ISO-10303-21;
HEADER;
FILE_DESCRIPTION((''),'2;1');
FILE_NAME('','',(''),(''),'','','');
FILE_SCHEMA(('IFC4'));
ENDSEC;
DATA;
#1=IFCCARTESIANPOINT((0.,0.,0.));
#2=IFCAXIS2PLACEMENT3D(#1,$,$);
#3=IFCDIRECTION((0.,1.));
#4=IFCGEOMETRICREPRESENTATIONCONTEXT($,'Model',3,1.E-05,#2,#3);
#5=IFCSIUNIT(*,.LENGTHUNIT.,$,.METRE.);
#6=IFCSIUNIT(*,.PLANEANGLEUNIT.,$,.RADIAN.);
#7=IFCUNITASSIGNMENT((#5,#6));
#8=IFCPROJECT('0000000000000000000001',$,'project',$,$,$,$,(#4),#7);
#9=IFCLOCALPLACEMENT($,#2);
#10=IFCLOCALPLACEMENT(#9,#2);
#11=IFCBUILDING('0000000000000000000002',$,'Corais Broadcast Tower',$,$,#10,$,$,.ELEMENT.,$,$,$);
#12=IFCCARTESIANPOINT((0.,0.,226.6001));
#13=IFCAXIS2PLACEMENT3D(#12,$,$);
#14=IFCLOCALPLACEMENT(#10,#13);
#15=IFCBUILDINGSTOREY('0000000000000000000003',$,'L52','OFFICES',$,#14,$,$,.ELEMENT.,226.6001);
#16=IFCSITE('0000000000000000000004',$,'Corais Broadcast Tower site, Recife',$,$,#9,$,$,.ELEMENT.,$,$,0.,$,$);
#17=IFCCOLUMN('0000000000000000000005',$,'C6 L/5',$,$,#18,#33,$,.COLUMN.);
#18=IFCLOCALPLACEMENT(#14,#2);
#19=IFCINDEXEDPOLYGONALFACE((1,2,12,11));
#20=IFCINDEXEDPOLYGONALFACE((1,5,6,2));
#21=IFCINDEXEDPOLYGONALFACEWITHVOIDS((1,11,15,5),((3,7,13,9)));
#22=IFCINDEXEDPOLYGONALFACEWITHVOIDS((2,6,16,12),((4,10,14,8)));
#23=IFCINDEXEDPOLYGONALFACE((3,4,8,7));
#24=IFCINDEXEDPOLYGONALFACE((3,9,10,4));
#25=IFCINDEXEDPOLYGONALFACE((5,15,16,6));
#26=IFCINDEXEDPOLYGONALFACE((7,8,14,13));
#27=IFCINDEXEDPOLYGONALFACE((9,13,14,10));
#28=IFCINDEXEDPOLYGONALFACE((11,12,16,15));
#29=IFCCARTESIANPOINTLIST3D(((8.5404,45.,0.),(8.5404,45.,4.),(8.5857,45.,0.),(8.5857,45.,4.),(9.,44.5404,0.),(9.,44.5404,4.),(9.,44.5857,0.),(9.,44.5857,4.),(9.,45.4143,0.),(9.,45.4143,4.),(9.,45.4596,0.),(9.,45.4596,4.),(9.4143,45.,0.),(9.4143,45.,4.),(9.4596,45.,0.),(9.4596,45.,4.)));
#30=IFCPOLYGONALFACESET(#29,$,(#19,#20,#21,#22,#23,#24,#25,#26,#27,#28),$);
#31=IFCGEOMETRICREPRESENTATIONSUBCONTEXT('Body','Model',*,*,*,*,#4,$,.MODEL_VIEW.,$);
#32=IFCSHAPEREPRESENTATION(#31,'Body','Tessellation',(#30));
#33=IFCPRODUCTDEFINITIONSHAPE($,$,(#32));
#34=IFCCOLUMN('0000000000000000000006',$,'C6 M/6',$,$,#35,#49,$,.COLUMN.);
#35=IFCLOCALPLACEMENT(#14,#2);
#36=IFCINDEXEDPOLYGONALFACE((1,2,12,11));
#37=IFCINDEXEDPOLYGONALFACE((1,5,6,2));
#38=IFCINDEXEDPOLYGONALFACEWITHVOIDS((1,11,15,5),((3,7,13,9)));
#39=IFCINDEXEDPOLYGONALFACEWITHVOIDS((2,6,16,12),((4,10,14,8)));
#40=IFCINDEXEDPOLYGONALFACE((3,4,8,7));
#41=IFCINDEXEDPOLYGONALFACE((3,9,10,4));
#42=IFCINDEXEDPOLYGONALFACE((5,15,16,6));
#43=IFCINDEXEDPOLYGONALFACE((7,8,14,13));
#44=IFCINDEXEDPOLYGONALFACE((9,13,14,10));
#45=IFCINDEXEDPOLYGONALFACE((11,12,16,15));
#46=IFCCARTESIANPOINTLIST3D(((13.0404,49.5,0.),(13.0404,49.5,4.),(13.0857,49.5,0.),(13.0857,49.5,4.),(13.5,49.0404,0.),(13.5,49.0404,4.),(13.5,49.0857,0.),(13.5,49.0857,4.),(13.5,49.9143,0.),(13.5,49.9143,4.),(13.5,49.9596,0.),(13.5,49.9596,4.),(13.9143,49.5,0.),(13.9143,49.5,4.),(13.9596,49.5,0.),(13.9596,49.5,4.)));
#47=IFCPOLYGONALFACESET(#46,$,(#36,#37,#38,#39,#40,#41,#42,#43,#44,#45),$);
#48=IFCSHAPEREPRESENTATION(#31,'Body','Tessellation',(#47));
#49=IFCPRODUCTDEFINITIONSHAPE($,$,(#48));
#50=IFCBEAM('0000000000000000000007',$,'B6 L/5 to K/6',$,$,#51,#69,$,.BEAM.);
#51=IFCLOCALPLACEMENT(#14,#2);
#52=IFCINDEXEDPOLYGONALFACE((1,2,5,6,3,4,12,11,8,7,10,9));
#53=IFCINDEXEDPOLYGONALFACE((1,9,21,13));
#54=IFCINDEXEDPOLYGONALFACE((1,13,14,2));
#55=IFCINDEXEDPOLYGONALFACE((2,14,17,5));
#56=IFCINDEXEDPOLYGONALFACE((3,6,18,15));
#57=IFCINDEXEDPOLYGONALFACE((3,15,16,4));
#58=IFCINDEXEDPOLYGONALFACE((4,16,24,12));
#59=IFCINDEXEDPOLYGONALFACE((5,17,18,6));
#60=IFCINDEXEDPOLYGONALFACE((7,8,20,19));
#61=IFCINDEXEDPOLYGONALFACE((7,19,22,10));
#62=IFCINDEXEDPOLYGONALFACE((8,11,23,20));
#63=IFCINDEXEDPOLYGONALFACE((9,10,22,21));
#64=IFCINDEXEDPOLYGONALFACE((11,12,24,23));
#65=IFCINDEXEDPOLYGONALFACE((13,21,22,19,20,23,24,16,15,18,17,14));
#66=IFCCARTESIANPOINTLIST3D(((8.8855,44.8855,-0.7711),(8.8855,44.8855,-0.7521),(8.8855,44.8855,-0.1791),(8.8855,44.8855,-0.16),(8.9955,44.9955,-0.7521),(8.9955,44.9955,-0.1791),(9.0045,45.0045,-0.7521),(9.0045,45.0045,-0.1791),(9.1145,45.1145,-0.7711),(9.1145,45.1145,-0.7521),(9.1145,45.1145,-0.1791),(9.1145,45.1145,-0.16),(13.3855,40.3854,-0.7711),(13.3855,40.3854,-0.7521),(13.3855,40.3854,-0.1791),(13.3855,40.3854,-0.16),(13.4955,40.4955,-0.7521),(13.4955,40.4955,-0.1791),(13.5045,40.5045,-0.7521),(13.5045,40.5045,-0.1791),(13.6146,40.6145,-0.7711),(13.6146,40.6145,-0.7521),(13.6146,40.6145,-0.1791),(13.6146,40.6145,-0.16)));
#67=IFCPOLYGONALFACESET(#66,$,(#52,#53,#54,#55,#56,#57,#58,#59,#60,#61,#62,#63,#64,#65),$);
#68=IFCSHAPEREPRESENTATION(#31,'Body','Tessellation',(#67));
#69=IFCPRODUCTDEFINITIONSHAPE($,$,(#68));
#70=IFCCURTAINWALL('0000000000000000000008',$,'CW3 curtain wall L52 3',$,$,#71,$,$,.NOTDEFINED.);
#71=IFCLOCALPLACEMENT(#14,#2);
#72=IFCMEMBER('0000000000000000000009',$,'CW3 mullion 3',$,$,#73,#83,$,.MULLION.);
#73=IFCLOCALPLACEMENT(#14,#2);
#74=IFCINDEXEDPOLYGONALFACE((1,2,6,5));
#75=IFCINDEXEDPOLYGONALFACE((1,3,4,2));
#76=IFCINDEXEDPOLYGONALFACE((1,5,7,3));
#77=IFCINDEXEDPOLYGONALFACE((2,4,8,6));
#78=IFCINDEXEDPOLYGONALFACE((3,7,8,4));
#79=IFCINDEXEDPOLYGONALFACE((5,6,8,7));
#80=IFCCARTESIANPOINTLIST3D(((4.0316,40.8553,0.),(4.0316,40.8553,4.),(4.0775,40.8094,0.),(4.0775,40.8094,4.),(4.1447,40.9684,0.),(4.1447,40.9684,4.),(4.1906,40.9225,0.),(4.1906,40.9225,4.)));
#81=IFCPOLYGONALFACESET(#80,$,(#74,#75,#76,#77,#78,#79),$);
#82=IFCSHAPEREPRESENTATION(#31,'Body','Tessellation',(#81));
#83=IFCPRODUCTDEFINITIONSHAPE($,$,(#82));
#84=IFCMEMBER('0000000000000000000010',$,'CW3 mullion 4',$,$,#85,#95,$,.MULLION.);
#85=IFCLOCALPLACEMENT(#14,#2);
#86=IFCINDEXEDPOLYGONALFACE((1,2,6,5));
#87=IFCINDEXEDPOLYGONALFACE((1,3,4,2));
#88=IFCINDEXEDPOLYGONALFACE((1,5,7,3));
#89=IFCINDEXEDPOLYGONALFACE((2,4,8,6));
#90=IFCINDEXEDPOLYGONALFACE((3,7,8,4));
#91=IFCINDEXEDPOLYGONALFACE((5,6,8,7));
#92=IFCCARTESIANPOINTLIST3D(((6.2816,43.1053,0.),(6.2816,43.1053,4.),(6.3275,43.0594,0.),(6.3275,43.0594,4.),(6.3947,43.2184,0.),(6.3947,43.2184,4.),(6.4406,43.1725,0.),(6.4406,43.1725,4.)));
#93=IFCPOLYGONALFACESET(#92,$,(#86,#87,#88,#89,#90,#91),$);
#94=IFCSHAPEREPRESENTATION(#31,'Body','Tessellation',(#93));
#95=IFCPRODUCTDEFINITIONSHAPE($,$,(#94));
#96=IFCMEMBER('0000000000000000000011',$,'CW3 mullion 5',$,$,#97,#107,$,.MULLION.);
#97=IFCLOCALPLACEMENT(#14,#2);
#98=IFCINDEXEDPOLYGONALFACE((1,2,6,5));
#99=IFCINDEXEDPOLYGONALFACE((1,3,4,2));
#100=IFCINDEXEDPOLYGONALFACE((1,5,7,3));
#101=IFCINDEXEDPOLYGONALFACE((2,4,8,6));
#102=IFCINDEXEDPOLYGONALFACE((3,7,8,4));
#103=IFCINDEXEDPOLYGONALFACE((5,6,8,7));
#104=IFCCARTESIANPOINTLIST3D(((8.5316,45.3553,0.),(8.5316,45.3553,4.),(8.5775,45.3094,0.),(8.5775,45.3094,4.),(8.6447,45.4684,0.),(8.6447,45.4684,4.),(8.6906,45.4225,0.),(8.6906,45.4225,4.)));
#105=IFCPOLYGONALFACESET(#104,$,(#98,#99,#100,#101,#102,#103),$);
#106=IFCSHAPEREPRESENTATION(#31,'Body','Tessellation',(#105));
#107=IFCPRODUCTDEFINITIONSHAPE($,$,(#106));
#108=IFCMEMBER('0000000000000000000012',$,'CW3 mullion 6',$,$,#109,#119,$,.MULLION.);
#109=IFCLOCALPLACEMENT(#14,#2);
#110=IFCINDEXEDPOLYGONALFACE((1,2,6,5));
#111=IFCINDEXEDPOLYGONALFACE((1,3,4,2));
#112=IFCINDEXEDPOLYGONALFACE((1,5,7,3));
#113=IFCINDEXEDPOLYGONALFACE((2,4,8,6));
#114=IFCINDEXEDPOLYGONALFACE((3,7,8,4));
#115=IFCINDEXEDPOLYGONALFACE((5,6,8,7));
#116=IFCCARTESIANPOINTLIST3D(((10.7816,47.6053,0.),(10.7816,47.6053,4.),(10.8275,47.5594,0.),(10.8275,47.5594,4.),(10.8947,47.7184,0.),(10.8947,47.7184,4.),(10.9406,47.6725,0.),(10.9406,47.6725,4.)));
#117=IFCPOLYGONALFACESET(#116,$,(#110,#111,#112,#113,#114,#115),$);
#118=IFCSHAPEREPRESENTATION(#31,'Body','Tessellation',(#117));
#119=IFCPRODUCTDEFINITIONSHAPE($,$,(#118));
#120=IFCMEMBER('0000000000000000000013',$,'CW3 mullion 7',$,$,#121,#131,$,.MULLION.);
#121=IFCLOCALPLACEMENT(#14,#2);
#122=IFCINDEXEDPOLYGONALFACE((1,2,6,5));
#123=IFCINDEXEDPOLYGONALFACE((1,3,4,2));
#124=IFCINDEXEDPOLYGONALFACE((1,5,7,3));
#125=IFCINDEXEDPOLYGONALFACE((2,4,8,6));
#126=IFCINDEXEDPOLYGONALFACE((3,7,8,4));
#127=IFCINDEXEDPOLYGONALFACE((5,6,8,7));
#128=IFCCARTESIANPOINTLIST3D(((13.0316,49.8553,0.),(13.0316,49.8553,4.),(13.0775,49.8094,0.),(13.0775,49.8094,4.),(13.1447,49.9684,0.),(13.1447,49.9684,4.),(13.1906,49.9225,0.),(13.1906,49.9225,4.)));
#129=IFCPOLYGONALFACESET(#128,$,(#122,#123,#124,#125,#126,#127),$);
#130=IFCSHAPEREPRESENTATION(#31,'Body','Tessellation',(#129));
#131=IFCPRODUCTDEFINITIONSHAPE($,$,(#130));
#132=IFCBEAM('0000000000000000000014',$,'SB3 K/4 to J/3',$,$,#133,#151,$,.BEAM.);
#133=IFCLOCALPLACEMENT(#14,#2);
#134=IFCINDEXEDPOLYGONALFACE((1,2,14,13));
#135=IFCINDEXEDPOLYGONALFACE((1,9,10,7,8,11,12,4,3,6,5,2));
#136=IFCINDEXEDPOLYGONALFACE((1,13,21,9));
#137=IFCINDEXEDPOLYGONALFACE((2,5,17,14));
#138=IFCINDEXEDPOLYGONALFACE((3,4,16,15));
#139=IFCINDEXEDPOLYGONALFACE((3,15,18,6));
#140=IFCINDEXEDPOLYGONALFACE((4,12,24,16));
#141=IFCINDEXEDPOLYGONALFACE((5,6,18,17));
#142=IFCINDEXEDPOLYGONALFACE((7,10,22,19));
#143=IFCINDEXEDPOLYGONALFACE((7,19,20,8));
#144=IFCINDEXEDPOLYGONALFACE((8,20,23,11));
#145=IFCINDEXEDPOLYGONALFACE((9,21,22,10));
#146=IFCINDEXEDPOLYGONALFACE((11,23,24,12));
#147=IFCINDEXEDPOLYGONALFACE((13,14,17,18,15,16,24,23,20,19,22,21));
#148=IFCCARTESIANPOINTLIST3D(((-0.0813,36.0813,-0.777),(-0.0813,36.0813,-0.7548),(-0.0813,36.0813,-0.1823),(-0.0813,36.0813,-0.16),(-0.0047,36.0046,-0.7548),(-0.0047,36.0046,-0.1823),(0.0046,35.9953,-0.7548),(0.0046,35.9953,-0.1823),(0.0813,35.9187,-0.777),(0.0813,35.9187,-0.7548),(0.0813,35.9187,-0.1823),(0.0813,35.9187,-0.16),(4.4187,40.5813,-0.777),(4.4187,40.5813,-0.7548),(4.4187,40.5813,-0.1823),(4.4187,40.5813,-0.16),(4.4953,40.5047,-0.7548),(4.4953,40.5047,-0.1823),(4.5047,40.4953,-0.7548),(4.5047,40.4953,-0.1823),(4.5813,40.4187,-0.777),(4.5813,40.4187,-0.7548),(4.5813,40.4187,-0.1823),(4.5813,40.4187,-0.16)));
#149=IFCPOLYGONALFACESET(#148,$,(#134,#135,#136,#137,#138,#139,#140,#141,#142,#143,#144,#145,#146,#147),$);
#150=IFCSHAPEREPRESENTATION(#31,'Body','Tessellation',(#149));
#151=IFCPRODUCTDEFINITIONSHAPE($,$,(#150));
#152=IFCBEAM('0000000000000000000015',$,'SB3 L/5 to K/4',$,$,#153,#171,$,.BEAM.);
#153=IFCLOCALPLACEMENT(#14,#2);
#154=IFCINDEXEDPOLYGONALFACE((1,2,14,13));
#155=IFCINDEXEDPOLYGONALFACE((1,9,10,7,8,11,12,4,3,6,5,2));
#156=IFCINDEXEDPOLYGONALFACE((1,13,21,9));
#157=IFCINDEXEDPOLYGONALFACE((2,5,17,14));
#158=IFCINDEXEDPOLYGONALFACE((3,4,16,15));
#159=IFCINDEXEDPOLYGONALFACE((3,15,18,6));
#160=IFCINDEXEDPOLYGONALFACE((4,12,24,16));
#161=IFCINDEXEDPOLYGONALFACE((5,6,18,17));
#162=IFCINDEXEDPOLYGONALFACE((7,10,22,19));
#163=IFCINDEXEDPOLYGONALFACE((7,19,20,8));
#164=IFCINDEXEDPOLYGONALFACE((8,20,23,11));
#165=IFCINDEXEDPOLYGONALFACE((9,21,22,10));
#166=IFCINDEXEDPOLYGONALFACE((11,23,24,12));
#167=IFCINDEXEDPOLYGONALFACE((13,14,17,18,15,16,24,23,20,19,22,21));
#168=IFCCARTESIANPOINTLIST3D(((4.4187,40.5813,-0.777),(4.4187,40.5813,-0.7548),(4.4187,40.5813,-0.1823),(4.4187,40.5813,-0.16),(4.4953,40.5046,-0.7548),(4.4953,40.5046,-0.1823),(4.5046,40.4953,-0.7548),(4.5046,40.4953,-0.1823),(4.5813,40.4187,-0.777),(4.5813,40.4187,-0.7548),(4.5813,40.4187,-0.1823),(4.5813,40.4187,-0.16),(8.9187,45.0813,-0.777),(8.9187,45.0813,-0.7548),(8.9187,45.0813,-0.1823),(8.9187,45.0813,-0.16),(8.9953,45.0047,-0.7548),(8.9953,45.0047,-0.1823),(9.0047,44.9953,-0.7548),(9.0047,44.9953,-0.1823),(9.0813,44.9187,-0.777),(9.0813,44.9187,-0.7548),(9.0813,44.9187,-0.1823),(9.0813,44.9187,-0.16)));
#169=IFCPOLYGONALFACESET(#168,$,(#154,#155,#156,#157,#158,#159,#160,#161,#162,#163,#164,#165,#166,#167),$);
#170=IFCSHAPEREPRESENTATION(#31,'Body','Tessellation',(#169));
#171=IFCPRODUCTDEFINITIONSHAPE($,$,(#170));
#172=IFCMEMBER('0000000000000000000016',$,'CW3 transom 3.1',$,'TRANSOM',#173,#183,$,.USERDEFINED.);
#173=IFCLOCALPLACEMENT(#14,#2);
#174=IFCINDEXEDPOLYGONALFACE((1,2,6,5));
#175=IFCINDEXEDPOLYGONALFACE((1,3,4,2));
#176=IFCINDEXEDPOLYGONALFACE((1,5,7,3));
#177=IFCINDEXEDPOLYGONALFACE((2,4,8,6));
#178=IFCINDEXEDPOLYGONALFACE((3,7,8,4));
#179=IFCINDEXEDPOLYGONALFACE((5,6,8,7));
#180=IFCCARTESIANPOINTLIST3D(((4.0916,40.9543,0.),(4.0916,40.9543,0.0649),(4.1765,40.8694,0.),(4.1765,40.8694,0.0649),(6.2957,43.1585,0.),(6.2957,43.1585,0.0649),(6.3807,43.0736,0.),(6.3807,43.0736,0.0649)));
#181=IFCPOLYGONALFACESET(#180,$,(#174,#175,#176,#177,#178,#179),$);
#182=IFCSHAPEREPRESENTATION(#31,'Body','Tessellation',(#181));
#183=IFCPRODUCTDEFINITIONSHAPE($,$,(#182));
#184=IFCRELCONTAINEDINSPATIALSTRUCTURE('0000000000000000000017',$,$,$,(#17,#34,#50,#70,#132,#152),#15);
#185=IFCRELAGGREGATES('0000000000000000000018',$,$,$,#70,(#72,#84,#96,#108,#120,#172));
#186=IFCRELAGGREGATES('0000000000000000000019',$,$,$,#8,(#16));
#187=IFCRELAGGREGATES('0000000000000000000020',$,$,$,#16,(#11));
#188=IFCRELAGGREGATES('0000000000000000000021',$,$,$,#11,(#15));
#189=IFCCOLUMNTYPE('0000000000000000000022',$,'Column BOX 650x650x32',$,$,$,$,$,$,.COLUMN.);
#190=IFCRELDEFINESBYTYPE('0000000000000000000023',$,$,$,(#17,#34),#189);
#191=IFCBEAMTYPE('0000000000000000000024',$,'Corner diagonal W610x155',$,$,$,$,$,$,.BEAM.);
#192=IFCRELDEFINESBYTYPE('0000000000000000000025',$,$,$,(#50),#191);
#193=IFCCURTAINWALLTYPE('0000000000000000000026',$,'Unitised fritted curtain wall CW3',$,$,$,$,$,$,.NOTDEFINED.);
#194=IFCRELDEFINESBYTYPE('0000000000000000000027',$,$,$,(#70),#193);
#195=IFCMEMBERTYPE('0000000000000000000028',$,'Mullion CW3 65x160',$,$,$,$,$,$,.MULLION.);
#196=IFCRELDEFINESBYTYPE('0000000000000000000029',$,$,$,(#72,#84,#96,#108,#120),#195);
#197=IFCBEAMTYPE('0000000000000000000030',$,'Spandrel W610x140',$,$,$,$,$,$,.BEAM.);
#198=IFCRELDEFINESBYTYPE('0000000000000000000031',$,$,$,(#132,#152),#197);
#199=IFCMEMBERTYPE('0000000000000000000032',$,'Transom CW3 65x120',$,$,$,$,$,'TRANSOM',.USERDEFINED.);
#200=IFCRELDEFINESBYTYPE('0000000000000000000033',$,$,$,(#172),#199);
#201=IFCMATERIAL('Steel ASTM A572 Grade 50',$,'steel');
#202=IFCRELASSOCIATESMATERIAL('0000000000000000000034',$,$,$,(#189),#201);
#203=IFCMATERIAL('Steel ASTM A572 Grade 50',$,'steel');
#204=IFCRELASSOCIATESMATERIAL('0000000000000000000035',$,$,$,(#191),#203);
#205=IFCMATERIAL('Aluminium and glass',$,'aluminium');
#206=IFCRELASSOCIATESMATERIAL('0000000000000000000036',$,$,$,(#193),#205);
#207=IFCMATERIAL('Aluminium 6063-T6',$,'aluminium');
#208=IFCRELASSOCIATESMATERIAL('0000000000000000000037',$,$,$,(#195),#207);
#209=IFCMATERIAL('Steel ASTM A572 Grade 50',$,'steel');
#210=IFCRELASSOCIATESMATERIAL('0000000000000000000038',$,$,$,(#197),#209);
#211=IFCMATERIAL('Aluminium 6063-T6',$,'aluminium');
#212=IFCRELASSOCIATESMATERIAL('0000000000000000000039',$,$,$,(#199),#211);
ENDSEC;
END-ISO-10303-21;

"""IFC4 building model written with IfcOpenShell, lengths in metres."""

from ifc_helpers import new_model, si_unit, direction, frame, origin, origin_2d, place, context, subcontext, project, spatial, rectangle, hollow_rectangle, i_section, extrude, material, material_profile, profile_set, type_object, element, aggregate, save


model = new_model("IFC4")

# Units and contexts
model_context = context("Model", 3, precision=1e-05, world=origin(), true_north=direction((0.0, 1.0)))
body_context = subcontext(model_context, "Body", "Model", "MODEL_VIEW")
ifc_project = project(units=[si_unit("LENGTHUNIT", "METRE"), si_unit("PLANEANGLEUNIT", "RADIAN")], contexts=[model_context])

# Site, building, storey
site_placement = place(None, origin())
site = spatial("IfcSite", under=ifc_project, at=site_placement, Name="Corais Broadcast Tower site, Recife", CompositionType="ELEMENT", RefElevation=0.0)
building_placement = place(site_placement, origin())
building = spatial("IfcBuilding", under=site, at=building_placement, Name="Corais Broadcast Tower", CompositionType="ELEMENT")
storey_placement = place(building_placement, frame((0.0, 0.0, 226.6001)))
storey = spatial("IfcBuildingStorey", under=building, at=storey_placement, Name="L52", Description="OFFICES", CompositionType="ELEMENT", Elevation=226.6001)

# Columns
ifc_material_1 = material(Name="Steel ASTM A572 Grade 50", Category="steel")
ifc_material_profile_1 = material_profile(ifc_material_1, hollow_rectangle(XDim=0.6499, YDim=0.6499, WallThickness=0.032, at=origin_2d()), Name="BOX 650x650x32")
ifc_profile_set_1 = profile_set([ifc_material_profile_1], Name="Steel ASTM A572 Grade 50")
column_type = type_object("IfcColumnType", Name="Column BOX 650x650x32", PredefinedType="COLUMN", material=ifc_profile_set_1)
for number, where, z_axis, x_axis, name in (
    (1, (9.0, 45.0, 0.0), (0.0, 0.0, 1.0), (0.707107, 0.707107, 0.0), "C6 L/5"),
    (2, (13.5, 49.5, 0.0), (0.0, 0.0, 1.0), (0.707107, 0.707107, 0.0), "C6 M/6"),
):
    element("IfcColumn", number, at=place(storey_placement, frame(where, z_axis=z_axis, x_axis=x_axis)), inside=storey, type_object=column_type, Name=name, PredefinedType="COLUMN", context=body_context, shape_type="SweptSolid", body=[
        extrude(hollow_rectangle(XDim=0.6499, YDim=0.6499, WallThickness=0.032, at=origin_2d()), origin(), (0.0, 0.0, 1.0), 4.0),
    ])

# Beam
ifc_material_2 = material(Name="Steel ASTM A572 Grade 50", Category="steel")
ifc_material_profile_2 = material_profile(ifc_material_2, i_section(OverallWidth=0.324, OverallDepth=0.6111, WebThickness=0.0127, FlangeThickness=0.019, at=origin_2d()), Name="W610x155")
ifc_profile_set_2 = profile_set([ifc_material_profile_2], Name="Steel ASTM A572 Grade 50")
beam_type_1 = type_object("IfcBeamType", Name="Corner diagonal W610x155", PredefinedType="BEAM", material=ifc_profile_set_2)
beam_placement = place(storey_placement, frame((9.0, 45.0, -0.4656), z_axis=(0.707107, -0.707107, 0.0), x_axis=(0.707107, 0.707107, 0.0)))
element("IfcBeam", 3, at=beam_placement, inside=storey, type_object=beam_type_1, Name="B6 L/5 to K/6", PredefinedType="BEAM", context=body_context, shape_type="SweptSolid", body=[
    extrude(i_section(OverallWidth=0.324, OverallDepth=0.6111, WebThickness=0.0127, FlangeThickness=0.019, at=origin_2d()), origin(), (0.0, 0.0, 1.0), 6.364),
])

# Curtain wall, members
ifc_material_3 = material(Name="Aluminium and glass", Category="aluminium")
curtain_wall_type = type_object("IfcCurtainWallType", Name="Unitised fritted curtain wall CW3", PredefinedType="NOTDEFINED", material=ifc_material_3)
curtain_wall_placement = place(storey_placement, origin())
curtain_wall = element("IfcCurtainWall", 4, at=curtain_wall_placement, inside=storey, type_object=curtain_wall_type, Name="CW3 curtain wall L52 3", PredefinedType="NOTDEFINED")
ifc_material_4 = material(Name="Aluminium 6063-T6", Category="aluminium")
ifc_material_profile_3 = material_profile(ifc_material_4, rectangle(XDim=0.0649, YDim=0.1599, at=origin_2d()), Name="Mullion CW3 65x160")
ifc_profile_set_3 = profile_set([ifc_material_profile_3], Name="Aluminium 6063-T6")
member_type_1 = type_object("IfcMemberType", Name="Mullion CW3 65x160", PredefinedType="MULLION", material=ifc_profile_set_3)
member_1_placement = place(storey_placement, frame((4.1111, 40.8889, 0.0), z_axis=(0.0, 0.0, 1.0), x_axis=(-0.707107, 0.707107, 0.0)))
member_1 = element("IfcMember", 5, at=member_1_placement, type_object=member_type_1, Name="CW3 mullion 3", PredefinedType="MULLION", context=body_context, shape_type="SweptSolid", body=[
    extrude(rectangle(XDim=0.0649, YDim=0.1599, at=origin_2d()), origin(), (0.0, 0.0, 1.0), 4.0),
])
member_2_placement = place(storey_placement, frame((6.3611, 43.1389, 0.0), z_axis=(0.0, 0.0, 1.0), x_axis=(-0.707107, 0.707107, 0.0)))
member_2 = element("IfcMember", 6, at=member_2_placement, type_object=member_type_1, Name="CW3 mullion 4", PredefinedType="MULLION", context=body_context, shape_type="SweptSolid", body=[
    extrude(rectangle(XDim=0.0649, YDim=0.1599, at=origin_2d()), origin(), (0.0, 0.0, 1.0), 4.0),
])
member_3_placement = place(storey_placement, frame((8.6111, 45.3889, 0.0), z_axis=(0.0, 0.0, 1.0), x_axis=(-0.707107, 0.707107, 0.0)))
member_3 = element("IfcMember", 7, at=member_3_placement, type_object=member_type_1, Name="CW3 mullion 5", PredefinedType="MULLION", context=body_context, shape_type="SweptSolid", body=[
    extrude(rectangle(XDim=0.0649, YDim=0.1599, at=origin_2d()), origin(), (0.0, 0.0, 1.0), 4.0),
])
member_4_placement = place(storey_placement, frame((10.8611, 47.6389, 0.0), z_axis=(0.0, 0.0, 1.0), x_axis=(-0.707107, 0.707107, 0.0)))
member_4 = element("IfcMember", 8, at=member_4_placement, type_object=member_type_1, Name="CW3 mullion 6", PredefinedType="MULLION", context=body_context, shape_type="SweptSolid", body=[
    extrude(rectangle(XDim=0.0649, YDim=0.1599, at=origin_2d()), origin(), (0.0, 0.0, 1.0), 4.0),
])
member_5_placement = place(storey_placement, frame((13.1111, 49.8889, 0.0), z_axis=(0.0, 0.0, 1.0), x_axis=(-0.707107, 0.707107, 0.0)))
member_5 = element("IfcMember", 9, at=member_5_placement, type_object=member_type_1, Name="CW3 mullion 7", PredefinedType="MULLION", context=body_context, shape_type="SweptSolid", body=[
    extrude(rectangle(XDim=0.0649, YDim=0.1599, at=origin_2d()), origin(), (0.0, 0.0, 1.0), 4.0),
])

# Beams
ifc_material_5 = material(Name="Steel ASTM A572 Grade 50", Category="steel")
ifc_material_profile_4 = material_profile(ifc_material_5, i_section(OverallWidth=0.23, OverallDepth=0.6169, WebThickness=0.0132, FlangeThickness=0.0222, at=origin_2d()), Name="W610x140")
ifc_profile_set_4 = profile_set([ifc_material_profile_4], Name="Steel ASTM A572 Grade 50")
beam_type_2 = type_object("IfcBeamType", Name="Spandrel W610x140", PredefinedType="BEAM", material=ifc_profile_set_4)
for number, where, z_axis, x_axis, name in (
    (10, (4.5, 40.5, -0.4685), (-0.707107, -0.707107, 0.0), (0.707107, -0.707107, 0.0), "SB3 K/4 to J/3"),
    (11, (9.0, 45.0, -0.4685), (-0.707107, -0.707107, 0.0), (0.707107, -0.707107, 0.0), "SB3 L/5 to K/4"),
):
    element("IfcBeam", number, at=place(storey_placement, frame(where, z_axis=z_axis, x_axis=x_axis)), inside=storey, type_object=beam_type_2, Name=name, PredefinedType="BEAM", context=body_context, shape_type="SweptSolid", body=[
        extrude(i_section(OverallWidth=0.23, OverallDepth=0.6169, WebThickness=0.0132, FlangeThickness=0.0222, at=origin_2d()), origin(), (0.0, 0.0, 1.0), 6.364),
    ])

# Member
ifc_material_6 = material(Name="Aluminium 6063-T6", Category="aluminium")
ifc_material_profile_5 = material_profile(ifc_material_6, rectangle(XDim=0.1201, YDim=0.0649, at=origin_2d()), Name="Transom CW3 65x120")
ifc_profile_set_5 = profile_set([ifc_material_profile_5], Name="Aluminium 6063-T6")
member_type_2 = type_object("IfcMemberType", Name="Transom CW3 65x120", ElementType="TRANSOM", PredefinedType="USERDEFINED", material=ifc_profile_set_5)
member_6_placement = place(storey_placement, frame((4.134, 40.9119, 0.0325), z_axis=(0.707107, 0.707107, 0.0), x_axis=(-0.707107, 0.707107, 0.0)))
member_6 = element("IfcMember", 12, at=member_6_placement, type_object=member_type_2, Name="CW3 transom 3.1", ObjectType="TRANSOM", PredefinedType="USERDEFINED", context=body_context, shape_type="SweptSolid", body=[
    extrude(rectangle(XDim=0.1201, YDim=0.0649, at=origin_2d()), origin(), (0.0, 0.0, 1.0), 3.1172),
])

aggregate(curtain_wall, [member_1, member_2, member_3, member_4, member_5, member_6])

save(model, "model.ifc")
